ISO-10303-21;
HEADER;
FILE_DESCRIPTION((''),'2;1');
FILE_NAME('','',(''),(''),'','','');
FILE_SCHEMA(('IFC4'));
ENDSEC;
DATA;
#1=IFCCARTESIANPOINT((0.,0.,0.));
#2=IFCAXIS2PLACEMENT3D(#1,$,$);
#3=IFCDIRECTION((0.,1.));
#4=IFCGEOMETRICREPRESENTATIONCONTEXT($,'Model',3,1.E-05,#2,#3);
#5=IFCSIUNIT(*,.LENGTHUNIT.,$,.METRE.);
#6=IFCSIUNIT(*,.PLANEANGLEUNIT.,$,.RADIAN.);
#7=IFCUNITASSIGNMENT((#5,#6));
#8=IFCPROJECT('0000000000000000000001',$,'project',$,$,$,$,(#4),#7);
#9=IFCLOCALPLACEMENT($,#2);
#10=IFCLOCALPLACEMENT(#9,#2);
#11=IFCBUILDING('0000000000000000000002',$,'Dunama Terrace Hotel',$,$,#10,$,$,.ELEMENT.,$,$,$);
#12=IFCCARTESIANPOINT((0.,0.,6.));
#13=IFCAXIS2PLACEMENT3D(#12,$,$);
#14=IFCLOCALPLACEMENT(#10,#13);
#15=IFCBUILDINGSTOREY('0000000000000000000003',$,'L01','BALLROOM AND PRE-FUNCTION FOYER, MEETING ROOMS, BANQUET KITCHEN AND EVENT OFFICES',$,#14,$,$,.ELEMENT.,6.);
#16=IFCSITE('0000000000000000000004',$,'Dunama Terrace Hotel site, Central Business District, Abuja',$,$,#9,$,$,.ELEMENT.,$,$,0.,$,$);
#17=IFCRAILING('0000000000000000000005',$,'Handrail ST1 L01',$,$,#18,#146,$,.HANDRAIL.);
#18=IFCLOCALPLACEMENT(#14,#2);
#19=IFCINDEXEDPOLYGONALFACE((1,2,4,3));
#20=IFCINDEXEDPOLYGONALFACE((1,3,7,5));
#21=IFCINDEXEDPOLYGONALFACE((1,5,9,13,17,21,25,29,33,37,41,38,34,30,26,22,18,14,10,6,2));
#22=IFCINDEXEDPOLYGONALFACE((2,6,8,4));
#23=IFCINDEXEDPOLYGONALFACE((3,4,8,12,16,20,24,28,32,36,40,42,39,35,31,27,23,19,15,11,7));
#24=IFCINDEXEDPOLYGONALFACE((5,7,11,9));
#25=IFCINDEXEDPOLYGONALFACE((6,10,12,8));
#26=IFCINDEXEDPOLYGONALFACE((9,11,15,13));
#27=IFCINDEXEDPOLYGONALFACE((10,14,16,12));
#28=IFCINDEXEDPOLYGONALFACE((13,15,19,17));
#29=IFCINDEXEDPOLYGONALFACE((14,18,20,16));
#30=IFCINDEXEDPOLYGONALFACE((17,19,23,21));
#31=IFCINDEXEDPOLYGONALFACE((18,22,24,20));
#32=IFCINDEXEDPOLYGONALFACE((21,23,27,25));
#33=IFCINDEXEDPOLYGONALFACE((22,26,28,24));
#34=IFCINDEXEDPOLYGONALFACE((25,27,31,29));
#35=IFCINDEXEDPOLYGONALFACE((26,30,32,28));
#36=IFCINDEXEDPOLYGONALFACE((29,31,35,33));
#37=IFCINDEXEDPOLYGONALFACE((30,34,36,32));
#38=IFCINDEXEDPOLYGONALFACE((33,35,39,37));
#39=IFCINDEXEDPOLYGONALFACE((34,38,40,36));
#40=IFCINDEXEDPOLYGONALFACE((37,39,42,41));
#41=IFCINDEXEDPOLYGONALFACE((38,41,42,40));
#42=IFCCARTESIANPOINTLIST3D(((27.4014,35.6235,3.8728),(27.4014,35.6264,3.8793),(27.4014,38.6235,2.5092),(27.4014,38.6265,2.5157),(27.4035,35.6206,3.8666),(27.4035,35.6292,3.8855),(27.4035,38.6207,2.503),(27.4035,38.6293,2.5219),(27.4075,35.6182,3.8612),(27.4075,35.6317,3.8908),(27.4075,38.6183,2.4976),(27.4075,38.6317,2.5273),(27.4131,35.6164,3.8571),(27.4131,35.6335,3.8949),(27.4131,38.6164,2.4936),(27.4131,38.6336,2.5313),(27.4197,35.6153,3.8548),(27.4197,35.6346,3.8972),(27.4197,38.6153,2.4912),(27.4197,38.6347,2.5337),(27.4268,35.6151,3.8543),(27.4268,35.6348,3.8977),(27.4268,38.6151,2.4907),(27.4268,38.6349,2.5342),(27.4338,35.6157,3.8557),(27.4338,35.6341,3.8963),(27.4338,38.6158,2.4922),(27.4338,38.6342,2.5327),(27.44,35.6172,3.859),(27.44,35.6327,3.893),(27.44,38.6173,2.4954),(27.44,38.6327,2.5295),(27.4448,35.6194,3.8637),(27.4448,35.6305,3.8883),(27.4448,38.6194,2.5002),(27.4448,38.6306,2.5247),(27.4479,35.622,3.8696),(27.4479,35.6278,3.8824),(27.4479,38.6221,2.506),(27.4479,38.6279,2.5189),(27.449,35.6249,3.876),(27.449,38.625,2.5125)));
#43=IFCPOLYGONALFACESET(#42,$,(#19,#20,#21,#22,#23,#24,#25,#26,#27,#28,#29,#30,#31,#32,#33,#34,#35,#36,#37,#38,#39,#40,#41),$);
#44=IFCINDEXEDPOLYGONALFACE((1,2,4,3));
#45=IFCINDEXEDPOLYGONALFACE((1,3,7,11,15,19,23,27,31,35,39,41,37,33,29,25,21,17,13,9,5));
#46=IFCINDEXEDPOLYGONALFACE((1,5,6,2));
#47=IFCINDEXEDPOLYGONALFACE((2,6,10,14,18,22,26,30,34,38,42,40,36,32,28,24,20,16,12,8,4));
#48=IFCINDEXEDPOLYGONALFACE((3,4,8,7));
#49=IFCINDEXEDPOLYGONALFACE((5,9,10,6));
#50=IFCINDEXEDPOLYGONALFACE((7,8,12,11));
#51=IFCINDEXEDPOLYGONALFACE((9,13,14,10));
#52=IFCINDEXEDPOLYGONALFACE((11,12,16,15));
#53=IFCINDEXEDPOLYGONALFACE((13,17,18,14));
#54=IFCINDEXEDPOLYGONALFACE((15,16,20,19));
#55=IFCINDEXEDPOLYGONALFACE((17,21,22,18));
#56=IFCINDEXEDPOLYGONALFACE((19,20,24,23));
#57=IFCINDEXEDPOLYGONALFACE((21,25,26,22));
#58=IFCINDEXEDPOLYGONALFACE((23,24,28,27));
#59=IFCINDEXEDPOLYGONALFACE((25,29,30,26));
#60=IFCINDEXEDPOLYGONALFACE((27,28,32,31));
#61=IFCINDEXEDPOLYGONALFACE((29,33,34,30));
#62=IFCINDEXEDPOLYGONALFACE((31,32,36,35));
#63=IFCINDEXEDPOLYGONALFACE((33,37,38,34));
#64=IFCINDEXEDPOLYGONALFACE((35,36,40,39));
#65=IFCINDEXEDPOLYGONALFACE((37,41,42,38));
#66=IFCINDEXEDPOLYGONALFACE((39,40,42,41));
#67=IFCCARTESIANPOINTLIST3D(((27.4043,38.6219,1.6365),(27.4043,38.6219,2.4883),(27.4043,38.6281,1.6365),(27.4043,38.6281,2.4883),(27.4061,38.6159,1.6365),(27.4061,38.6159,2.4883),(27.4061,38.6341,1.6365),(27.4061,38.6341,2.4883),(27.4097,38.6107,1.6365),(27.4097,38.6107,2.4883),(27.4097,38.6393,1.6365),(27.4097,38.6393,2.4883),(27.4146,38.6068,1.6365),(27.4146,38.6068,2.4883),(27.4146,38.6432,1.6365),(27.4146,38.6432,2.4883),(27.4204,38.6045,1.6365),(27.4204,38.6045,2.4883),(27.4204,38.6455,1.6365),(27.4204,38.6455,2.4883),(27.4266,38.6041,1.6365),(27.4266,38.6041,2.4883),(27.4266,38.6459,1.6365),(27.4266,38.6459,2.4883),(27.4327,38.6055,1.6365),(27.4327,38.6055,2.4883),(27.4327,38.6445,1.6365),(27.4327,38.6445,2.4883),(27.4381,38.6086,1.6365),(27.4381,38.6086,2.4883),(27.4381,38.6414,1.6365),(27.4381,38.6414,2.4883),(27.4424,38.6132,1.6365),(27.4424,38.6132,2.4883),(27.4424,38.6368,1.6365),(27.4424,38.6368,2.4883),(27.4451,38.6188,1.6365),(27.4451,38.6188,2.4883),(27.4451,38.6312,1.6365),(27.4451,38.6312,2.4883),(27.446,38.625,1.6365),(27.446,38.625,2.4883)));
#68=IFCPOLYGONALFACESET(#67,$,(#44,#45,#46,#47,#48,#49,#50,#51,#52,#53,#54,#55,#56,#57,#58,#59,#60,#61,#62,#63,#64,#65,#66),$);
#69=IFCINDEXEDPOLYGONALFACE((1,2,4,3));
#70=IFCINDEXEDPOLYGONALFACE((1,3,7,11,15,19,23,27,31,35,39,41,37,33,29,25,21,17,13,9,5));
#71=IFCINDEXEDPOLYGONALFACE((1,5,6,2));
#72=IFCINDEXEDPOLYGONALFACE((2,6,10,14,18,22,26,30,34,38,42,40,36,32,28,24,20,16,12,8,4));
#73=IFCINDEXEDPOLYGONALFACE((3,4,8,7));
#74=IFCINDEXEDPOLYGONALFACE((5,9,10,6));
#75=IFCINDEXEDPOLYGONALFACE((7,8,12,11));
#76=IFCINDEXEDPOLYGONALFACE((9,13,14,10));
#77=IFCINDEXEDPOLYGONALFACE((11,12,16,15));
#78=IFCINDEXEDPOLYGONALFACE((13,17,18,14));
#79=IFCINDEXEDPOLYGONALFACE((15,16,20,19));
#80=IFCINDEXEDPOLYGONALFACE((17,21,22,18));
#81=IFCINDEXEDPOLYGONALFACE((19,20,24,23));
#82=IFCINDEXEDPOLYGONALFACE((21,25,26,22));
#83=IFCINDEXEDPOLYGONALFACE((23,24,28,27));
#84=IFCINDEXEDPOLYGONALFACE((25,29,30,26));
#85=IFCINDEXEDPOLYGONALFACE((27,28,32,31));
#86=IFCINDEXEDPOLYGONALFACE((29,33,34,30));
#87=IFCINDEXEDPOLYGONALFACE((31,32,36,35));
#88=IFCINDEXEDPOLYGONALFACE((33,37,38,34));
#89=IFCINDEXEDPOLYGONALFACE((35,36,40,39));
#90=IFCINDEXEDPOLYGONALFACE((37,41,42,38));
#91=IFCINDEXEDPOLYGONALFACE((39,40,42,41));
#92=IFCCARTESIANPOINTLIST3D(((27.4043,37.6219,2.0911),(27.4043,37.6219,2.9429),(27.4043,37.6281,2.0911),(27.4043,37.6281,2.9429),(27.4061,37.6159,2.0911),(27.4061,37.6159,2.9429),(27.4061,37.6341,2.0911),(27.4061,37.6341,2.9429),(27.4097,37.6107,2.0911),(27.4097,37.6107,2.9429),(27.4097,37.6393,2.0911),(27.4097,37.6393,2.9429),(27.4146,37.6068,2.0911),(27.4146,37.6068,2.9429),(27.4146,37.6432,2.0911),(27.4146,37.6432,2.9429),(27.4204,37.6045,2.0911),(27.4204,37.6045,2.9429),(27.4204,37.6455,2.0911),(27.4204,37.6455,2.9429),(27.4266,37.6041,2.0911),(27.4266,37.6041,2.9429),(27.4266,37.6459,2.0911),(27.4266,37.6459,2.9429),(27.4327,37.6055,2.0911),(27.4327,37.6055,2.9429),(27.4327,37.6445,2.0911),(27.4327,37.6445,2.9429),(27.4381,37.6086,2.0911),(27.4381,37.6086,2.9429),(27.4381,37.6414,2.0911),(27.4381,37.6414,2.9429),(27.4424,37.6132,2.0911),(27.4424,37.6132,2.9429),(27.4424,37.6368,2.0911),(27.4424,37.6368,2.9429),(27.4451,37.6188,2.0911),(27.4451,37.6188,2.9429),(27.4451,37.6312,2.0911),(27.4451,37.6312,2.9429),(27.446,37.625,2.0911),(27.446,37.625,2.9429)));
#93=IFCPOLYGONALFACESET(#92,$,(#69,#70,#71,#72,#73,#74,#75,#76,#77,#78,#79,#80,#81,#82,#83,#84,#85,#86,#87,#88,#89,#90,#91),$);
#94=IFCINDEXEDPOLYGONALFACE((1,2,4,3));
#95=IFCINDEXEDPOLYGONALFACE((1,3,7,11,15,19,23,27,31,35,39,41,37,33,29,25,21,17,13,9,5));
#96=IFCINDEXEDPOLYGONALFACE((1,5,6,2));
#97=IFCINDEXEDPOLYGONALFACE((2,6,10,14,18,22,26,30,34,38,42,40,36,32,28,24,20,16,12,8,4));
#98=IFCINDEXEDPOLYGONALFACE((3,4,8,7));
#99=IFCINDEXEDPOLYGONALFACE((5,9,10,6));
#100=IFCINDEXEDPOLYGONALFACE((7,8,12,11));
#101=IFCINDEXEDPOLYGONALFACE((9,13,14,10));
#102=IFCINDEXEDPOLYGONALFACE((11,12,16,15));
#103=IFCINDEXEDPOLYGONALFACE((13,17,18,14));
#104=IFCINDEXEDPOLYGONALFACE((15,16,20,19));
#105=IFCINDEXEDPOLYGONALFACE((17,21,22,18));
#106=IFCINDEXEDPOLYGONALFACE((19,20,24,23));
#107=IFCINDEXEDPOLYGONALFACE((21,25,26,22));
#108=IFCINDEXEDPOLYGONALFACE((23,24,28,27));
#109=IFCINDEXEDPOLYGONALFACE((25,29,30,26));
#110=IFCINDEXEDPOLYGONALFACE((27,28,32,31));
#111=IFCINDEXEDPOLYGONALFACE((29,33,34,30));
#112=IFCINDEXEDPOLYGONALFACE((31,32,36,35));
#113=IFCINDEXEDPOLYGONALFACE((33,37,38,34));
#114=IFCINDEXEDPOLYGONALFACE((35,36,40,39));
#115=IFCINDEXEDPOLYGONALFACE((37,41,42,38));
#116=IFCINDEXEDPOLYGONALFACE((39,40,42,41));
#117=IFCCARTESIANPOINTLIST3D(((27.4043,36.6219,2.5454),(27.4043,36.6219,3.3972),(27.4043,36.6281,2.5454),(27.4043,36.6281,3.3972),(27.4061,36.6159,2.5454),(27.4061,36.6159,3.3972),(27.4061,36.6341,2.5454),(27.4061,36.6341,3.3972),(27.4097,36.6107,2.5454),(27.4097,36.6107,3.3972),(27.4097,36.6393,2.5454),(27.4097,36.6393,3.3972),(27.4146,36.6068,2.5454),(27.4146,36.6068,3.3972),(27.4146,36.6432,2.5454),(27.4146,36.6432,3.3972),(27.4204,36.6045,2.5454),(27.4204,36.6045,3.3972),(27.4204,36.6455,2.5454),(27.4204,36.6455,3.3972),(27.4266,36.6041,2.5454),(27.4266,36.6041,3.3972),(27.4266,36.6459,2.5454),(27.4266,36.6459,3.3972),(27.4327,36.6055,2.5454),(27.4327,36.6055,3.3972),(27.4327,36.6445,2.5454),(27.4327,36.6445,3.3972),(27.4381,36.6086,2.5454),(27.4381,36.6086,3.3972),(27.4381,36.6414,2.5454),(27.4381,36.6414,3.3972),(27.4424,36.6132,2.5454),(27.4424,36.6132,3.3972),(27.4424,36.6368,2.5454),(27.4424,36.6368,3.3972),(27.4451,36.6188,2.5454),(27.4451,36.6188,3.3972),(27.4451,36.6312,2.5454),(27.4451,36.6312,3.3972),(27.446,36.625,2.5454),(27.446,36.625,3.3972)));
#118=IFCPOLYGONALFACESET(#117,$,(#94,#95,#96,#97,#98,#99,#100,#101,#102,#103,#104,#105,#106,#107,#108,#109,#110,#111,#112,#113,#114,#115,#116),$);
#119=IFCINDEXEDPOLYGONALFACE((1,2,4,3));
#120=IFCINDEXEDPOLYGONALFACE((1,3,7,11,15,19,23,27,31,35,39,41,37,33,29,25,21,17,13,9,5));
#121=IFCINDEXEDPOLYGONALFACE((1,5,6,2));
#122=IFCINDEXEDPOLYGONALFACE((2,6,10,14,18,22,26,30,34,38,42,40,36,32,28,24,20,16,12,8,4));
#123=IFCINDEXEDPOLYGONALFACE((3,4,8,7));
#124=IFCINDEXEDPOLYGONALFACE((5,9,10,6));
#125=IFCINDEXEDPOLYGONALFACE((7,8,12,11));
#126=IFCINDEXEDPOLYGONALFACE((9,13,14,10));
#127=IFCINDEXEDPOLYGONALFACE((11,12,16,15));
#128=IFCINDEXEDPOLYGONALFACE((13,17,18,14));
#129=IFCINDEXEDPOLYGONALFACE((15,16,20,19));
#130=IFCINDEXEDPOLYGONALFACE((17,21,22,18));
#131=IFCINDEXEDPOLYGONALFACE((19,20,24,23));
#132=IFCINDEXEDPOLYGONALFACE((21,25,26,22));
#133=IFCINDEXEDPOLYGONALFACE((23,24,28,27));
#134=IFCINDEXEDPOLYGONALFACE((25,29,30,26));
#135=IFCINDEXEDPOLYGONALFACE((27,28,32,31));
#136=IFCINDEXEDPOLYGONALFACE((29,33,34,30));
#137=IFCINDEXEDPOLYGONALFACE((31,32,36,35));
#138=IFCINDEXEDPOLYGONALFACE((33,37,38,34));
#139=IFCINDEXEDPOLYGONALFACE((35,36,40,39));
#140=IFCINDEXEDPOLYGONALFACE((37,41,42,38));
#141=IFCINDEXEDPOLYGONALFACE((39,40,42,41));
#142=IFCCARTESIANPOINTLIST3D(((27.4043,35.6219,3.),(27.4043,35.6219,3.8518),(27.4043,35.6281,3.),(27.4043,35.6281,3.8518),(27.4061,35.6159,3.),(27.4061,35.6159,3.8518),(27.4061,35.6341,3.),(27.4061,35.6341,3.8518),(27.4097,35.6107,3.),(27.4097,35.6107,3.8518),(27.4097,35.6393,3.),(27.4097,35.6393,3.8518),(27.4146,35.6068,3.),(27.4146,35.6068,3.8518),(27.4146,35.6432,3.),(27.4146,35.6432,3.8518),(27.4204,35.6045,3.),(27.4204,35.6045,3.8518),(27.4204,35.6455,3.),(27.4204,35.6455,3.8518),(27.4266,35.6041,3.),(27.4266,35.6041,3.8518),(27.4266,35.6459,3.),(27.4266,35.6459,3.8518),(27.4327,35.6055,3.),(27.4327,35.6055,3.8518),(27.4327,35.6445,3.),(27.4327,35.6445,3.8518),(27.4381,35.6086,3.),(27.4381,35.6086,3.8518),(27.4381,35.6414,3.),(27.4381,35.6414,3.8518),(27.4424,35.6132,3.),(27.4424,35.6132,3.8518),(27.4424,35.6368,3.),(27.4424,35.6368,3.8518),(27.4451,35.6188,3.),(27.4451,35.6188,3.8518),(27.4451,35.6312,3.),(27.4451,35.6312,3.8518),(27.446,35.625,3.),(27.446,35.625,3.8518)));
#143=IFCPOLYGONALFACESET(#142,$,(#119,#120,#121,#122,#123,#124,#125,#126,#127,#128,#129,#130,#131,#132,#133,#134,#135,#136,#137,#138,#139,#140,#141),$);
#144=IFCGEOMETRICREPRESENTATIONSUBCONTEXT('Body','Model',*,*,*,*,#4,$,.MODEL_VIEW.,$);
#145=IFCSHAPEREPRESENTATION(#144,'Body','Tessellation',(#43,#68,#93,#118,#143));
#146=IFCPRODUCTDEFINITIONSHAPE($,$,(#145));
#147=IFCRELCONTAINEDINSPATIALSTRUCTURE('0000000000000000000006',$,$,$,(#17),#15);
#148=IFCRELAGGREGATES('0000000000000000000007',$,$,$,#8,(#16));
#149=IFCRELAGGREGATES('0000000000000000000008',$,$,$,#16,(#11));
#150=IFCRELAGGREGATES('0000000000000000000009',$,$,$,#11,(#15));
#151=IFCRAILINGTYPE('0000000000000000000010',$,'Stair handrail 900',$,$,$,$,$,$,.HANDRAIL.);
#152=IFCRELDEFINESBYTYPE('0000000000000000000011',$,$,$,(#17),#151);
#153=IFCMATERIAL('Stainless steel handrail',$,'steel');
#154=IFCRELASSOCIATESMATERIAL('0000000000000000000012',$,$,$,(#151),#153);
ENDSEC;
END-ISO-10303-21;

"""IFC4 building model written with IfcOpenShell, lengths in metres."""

from ifc_helpers import new_model, si_unit, direction, frame, origin, origin_2d, place, context, subcontext, project, spatial, circle, extrude, material, type_object, element, save


model = new_model("IFC4")

# Units and contexts
model_context = context("Model", 3, precision=1e-05, world=origin(), true_north=direction((0.0, 1.0)))
body_context = subcontext(model_context, "Body", "Model", "MODEL_VIEW")
ifc_project = project(units=[si_unit("LENGTHUNIT", "METRE"), si_unit("PLANEANGLEUNIT", "RADIAN")], contexts=[model_context])

# Site, building, storey
site_placement = place(None, origin())
site = spatial("IfcSite", under=ifc_project, at=site_placement, Name="Dunama Terrace Hotel site, Central Business District, Abuja", CompositionType="ELEMENT", RefElevation=0.0)
building_placement = place(site_placement, origin())
building = spatial("IfcBuilding", under=site, at=building_placement, Name="Dunama Terrace Hotel", CompositionType="ELEMENT")
storey_placement = place(building_placement, frame((0.0, 0.0, 6.0)))
storey = spatial("IfcBuildingStorey", under=building, at=storey_placement, Name="L01", Description="BALLROOM AND PRE-FUNCTION FOYER, MEETING ROOMS, BANQUET KITCHEN AND EVENT OFFICES", CompositionType="ELEMENT", Elevation=6.0)

# Railing
ifc_material_1 = material(Name="Stainless steel handrail", Category="steel")
railing_type = type_object("IfcRailingType", Name="Stair handrail 900", PredefinedType="HANDRAIL", material=ifc_material_1)
railing_1_placement = place(storey_placement, frame((27.425, 38.625, 1.6365)))
element("IfcRailing", 1, at=railing_1_placement, inside=storey, type_object=railing_type, Name="Handrail ST1 L01", PredefinedType="HANDRAIL", context=body_context, shape_type="SweptSolid", body=[
    extrude(circle(Radius=0.0239, at=origin_2d()), frame((0.0, 0.0, 0.876), z_axis=(0.0, -0.910379, 0.413775), x_axis=(1.0, 0.0, 0.0)), (0.0, 0.0, 1.0), 3.2954),
    extrude(circle(Radius=0.021, at=origin_2d()), origin(), (0.0, 0.0, 1.0), 0.8518),
    extrude(circle(Radius=0.021, at=origin_2d()), frame((0.0, -1.0, 0.4546)), (0.0, 0.0, 1.0), 0.8518),
    extrude(circle(Radius=0.021, at=origin_2d()), frame((0.0, -2.0, 0.9089)), (0.0, 0.0, 1.0), 0.8518),
    extrude(circle(Radius=0.021, at=origin_2d()), frame((0.0, -3.0, 1.3635)), (0.0, 0.0, 1.0), 0.8518),
])

save(model, "model.ifc")
